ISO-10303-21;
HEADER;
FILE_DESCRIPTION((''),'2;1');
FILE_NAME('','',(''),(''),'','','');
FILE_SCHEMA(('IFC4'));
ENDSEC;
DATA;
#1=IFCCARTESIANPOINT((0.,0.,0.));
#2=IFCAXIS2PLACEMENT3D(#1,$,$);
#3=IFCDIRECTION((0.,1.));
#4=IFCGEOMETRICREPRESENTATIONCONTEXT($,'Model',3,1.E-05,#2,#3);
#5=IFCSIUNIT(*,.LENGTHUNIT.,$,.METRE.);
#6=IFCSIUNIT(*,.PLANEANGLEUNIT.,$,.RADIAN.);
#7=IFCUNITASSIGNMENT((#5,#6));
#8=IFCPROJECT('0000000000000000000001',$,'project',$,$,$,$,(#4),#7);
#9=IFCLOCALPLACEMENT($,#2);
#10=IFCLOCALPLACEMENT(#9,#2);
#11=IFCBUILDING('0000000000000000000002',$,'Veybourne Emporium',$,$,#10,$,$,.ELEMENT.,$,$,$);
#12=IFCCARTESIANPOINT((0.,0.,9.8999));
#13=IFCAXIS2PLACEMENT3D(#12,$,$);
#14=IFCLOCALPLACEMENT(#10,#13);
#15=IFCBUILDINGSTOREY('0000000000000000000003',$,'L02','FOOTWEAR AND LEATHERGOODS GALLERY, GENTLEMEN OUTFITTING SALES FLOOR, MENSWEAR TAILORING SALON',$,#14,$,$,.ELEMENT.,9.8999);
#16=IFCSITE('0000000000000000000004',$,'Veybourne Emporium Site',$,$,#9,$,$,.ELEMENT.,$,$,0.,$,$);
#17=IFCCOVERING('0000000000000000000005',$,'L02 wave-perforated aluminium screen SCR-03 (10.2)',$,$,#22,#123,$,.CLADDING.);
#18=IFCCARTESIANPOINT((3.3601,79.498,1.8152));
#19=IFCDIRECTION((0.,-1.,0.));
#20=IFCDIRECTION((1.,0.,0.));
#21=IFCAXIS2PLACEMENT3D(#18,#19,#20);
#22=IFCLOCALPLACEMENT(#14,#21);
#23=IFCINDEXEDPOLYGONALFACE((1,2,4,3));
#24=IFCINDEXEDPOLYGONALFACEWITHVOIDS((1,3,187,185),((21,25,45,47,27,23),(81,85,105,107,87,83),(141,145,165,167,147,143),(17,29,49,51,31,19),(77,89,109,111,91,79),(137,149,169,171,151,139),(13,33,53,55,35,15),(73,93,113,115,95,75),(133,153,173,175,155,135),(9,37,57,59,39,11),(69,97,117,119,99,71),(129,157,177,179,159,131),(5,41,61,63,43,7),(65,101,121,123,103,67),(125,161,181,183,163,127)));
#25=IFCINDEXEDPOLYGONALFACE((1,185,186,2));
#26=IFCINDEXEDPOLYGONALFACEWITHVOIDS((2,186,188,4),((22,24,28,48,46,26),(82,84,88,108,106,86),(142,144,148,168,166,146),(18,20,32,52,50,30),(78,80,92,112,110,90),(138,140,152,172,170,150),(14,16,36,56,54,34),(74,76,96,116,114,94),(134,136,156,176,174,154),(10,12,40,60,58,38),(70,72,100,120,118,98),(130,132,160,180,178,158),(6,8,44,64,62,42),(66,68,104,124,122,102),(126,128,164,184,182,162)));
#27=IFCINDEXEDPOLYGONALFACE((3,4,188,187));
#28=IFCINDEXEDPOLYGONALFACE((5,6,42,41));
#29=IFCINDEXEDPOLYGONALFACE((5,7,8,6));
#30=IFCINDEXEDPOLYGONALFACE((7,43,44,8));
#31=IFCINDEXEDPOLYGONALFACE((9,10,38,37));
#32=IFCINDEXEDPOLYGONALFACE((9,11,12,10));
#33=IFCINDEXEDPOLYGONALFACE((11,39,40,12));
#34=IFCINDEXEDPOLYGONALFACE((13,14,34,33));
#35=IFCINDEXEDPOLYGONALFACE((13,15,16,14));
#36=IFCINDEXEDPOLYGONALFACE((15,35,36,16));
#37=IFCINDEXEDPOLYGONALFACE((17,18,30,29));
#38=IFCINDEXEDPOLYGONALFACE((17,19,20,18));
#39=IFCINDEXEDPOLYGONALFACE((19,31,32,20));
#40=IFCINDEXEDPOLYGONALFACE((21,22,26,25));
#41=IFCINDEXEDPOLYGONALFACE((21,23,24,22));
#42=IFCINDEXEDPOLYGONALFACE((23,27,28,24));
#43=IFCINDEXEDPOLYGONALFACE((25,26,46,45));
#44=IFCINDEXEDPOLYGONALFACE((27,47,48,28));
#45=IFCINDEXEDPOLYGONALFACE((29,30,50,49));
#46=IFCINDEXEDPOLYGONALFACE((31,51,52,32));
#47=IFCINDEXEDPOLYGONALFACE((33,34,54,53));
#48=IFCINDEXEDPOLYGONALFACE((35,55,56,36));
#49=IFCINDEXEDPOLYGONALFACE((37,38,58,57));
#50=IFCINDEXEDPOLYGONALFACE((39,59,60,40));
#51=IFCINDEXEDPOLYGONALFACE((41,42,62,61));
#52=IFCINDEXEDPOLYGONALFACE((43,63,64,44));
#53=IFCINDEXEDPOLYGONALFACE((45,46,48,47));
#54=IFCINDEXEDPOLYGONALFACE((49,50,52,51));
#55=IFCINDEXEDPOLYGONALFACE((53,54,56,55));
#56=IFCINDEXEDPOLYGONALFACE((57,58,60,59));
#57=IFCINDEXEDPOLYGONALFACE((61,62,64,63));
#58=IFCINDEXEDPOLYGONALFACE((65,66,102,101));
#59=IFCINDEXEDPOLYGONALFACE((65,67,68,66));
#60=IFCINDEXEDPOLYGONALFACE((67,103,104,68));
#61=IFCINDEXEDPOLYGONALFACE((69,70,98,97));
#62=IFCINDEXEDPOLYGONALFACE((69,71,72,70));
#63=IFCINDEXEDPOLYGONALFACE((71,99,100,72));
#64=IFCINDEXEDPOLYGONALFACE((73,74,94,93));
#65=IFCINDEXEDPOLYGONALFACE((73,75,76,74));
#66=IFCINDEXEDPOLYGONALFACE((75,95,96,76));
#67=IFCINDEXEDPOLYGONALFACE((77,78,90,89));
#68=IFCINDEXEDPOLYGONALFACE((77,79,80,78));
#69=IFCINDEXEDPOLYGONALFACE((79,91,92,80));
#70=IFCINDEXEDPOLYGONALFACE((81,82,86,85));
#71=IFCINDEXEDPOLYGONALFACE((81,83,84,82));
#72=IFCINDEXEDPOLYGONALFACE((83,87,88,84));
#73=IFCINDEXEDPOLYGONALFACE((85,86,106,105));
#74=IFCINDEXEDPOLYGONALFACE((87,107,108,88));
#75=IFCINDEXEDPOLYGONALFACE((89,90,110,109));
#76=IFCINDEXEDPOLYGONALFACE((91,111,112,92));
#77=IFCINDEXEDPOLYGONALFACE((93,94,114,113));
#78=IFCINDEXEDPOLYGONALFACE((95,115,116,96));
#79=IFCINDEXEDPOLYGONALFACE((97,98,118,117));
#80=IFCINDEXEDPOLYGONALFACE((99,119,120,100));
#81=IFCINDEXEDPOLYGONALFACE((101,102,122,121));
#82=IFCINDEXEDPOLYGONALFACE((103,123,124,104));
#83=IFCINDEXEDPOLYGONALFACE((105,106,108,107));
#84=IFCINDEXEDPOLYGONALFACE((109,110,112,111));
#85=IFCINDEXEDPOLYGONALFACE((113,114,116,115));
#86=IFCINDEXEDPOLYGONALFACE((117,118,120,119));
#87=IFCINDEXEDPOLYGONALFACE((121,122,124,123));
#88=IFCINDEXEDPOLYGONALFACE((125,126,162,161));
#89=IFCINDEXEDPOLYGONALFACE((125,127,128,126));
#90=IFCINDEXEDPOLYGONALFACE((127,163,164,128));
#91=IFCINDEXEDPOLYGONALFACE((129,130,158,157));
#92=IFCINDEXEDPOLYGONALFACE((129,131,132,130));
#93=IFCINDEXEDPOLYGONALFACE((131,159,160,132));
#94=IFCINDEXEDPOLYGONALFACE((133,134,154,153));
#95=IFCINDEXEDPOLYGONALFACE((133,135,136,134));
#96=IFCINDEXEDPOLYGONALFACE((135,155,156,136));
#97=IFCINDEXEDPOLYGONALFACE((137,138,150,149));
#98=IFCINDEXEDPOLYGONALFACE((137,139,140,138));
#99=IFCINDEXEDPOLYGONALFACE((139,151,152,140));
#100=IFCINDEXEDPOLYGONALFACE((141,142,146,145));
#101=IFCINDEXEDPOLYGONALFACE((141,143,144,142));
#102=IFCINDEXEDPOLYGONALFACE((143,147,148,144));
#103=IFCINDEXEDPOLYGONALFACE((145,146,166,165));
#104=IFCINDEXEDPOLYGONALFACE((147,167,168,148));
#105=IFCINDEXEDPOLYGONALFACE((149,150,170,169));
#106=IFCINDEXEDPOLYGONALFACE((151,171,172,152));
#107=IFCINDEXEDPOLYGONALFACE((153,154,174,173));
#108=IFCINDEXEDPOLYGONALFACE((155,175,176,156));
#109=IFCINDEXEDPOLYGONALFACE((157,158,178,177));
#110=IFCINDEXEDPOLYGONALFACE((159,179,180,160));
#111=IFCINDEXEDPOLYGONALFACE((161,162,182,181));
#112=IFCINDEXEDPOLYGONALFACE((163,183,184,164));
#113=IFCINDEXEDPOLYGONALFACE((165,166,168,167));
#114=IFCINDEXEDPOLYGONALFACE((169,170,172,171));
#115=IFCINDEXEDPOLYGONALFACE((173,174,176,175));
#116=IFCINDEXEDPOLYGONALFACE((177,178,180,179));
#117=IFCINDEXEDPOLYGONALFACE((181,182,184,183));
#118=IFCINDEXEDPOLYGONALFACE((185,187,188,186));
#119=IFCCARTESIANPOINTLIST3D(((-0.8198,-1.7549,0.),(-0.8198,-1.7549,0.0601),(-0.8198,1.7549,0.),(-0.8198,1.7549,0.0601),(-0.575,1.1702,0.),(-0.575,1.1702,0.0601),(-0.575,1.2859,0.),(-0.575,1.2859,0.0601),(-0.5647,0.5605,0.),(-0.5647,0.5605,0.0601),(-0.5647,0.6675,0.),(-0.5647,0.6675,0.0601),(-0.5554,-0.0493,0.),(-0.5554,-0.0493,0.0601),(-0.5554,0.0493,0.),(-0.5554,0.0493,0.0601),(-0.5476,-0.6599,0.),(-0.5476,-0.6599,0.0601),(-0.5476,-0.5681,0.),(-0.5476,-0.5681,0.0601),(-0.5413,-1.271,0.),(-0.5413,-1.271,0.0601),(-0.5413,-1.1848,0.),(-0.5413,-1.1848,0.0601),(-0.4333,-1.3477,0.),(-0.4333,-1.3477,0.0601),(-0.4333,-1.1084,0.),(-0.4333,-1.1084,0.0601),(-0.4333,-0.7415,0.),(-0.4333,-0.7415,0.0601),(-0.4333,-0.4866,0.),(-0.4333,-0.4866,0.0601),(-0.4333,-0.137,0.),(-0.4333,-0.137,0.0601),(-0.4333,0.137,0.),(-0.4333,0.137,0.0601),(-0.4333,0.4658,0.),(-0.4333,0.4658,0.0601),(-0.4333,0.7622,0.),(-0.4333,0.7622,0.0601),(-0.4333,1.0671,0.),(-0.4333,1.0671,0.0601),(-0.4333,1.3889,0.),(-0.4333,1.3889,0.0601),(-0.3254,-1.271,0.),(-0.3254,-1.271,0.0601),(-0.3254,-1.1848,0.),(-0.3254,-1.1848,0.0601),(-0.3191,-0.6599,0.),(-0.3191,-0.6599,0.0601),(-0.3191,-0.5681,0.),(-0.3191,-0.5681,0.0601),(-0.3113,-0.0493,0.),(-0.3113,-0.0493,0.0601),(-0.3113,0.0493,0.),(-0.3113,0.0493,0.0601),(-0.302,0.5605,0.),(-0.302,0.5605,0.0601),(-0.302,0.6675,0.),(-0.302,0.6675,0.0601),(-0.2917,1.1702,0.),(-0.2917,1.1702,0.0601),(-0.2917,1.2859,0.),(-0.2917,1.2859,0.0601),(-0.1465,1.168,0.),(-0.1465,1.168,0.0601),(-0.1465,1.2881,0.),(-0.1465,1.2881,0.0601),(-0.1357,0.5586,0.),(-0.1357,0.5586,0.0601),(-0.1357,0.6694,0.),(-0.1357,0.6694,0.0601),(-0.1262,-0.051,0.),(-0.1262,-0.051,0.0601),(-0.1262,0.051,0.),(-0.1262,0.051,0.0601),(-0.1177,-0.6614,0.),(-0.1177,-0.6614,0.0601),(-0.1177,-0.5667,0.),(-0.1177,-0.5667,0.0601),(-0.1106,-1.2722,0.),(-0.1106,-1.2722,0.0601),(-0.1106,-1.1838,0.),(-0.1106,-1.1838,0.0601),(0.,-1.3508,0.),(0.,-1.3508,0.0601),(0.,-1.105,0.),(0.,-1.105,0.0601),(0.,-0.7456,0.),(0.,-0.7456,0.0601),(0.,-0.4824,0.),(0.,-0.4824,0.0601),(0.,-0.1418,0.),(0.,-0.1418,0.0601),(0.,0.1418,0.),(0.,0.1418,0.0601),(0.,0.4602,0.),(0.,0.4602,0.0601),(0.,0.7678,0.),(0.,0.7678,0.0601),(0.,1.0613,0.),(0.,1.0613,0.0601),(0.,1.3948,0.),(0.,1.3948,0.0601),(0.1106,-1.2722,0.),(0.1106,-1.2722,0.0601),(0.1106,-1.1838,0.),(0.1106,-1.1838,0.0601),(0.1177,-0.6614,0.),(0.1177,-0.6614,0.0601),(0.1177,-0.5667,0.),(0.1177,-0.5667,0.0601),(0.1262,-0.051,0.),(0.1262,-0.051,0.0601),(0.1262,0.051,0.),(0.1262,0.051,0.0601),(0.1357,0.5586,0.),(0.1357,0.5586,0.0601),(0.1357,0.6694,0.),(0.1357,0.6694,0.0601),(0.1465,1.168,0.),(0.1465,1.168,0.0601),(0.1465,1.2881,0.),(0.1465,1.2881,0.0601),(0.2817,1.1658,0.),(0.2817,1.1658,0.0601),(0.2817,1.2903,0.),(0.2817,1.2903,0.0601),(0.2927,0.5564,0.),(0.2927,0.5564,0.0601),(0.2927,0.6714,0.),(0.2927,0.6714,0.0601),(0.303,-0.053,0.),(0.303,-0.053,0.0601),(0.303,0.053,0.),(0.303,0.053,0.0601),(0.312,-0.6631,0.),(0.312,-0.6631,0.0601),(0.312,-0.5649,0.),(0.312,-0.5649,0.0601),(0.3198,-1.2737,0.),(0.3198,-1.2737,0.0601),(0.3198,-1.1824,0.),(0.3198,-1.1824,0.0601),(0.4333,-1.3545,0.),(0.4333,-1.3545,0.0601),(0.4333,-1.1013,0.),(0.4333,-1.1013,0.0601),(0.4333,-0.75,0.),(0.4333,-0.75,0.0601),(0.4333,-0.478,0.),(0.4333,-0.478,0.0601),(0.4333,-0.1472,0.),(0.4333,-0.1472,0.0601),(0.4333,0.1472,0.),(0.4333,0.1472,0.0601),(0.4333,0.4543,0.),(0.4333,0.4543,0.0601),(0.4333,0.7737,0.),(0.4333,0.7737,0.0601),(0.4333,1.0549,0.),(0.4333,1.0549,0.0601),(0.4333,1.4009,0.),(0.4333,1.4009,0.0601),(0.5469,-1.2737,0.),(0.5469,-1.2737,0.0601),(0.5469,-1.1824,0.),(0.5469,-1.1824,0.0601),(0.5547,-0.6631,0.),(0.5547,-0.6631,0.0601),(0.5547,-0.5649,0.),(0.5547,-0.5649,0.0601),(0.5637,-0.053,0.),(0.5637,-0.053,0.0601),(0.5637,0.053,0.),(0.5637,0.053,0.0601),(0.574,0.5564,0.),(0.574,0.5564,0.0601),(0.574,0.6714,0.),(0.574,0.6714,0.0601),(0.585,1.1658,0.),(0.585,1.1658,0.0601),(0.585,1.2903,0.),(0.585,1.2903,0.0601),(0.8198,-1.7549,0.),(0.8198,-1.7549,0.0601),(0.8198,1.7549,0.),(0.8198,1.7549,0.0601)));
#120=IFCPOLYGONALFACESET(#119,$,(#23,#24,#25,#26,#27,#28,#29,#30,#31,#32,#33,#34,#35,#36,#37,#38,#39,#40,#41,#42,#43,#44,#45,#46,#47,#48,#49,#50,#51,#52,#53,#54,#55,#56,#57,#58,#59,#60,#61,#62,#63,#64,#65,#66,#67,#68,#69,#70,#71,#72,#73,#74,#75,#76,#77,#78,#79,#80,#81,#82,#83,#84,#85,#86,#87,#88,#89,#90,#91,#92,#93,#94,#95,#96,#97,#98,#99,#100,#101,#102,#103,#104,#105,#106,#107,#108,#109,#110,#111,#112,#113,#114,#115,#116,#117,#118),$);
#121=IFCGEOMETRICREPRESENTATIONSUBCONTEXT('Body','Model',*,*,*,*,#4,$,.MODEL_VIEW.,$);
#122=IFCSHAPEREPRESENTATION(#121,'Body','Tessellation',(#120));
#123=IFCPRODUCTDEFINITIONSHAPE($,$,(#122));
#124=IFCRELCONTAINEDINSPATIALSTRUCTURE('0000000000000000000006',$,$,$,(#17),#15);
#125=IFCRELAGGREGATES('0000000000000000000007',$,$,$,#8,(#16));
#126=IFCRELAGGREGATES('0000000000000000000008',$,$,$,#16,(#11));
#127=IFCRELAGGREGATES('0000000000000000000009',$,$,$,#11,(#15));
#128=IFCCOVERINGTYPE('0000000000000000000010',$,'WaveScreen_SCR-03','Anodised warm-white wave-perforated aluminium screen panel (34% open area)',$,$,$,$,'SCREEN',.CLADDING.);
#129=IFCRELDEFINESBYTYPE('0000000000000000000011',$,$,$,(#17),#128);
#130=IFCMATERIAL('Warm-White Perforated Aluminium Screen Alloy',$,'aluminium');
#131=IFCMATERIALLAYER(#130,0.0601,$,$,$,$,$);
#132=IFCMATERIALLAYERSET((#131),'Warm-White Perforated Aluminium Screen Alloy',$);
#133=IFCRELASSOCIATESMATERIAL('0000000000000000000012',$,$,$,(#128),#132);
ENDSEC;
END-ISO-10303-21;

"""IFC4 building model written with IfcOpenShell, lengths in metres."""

from ifc_helpers import new_model, si_unit, direction, frame, origin, place, context, subcontext, project, spatial, polyline, outline, extrude, material, layer, layer_set, type_object, element, save


model = new_model("IFC4")

# Units and contexts
model_context = context("Model", 3, precision=1e-05, world=origin(), true_north=direction((0.0, 1.0)))
body_context = subcontext(model_context, "Body", "Model", "MODEL_VIEW")
ifc_project = project(units=[si_unit("LENGTHUNIT", "METRE"), si_unit("PLANEANGLEUNIT", "RADIAN")], contexts=[model_context])

# Site, building, storey
site_placement = place(None, origin())
site = spatial("IfcSite", under=ifc_project, at=site_placement, Name="Veybourne Emporium Site", CompositionType="ELEMENT", RefElevation=0.0)
building_placement = place(site_placement, origin())
building = spatial("IfcBuilding", under=site, at=building_placement, Name="Veybourne Emporium", CompositionType="ELEMENT")
storey_placement = place(building_placement, frame((0.0, 0.0, 9.8999)))
storey = spatial("IfcBuildingStorey", under=building, at=storey_placement, Name="L02", Description="FOOTWEAR AND LEATHERGOODS GALLERY, GENTLEMEN OUTFITTING SALES FLOOR, MENSWEAR TAILORING SALON", CompositionType="ELEMENT", Elevation=9.8999)

# Covering
ifc_material_1 = material(Name="Warm-White Perforated Aluminium Screen Alloy", Category="aluminium")
ifc_layer_1 = layer(ifc_material_1, 0.0601)
ifc_layer_set_1 = layer_set([ifc_layer_1], Name="Warm-White Perforated Aluminium Screen Alloy")
covering_type_1 = type_object("IfcCoveringType", Name="WaveScreen_SCR-03", Description="Anodised warm-white wave-perforated aluminium screen panel (34% open area)", ElementType="SCREEN", PredefinedType="CLADDING", material=ifc_layer_set_1)
covering_1_placement = place(storey_placement, frame((3.3601, 79.498, 1.8152), z_axis=(0.0, -1.0, 0.0), x_axis=(1.0, 0.0, 0.0)))
element("IfcCovering", 1, at=covering_1_placement, inside=storey, type_object=covering_type_1, Name="L02 wave-perforated aluminium screen SCR-03 (10.2)", PredefinedType="CLADDING", context=body_context, shape_type="SweptSolid", body=[
    extrude(outline(polyline([(-0.8198, -1.7549), (0.8198, -1.7549), (0.8198, 1.7549), (-0.8198, 1.7549), (-0.8198, -1.7549)]), holes=[polyline([(-0.4333, -1.1084), (-0.3254, -1.1848), (-0.3254, -1.271), (-0.4333, -1.3477), (-0.5413, -1.271), (-0.5413, -1.1848), (-0.4333, -1.1084)]), polyline([(-0.4333, -0.4866), (-0.3191, -0.5681), (-0.3191, -0.6599), (-0.4333, -0.7415), (-0.5476, -0.6599), (-0.5476, -0.5681), (-0.4333, -0.4866)]), polyline([(-0.4333, 0.137), (-0.3113, 0.0493), (-0.3113, -0.0493), (-0.4333, -0.137), (-0.5554, -0.0493), (-0.5554, 0.0493), (-0.4333, 0.137)]), polyline([(-0.4333, 0.7622), (-0.302, 0.6675), (-0.302, 0.5605), (-0.4333, 0.4658), (-0.5647, 0.5605), (-0.5647, 0.6675), (-0.4333, 0.7622)]), polyline([(-0.4333, 1.3889), (-0.2917, 1.2859), (-0.2917, 1.1702), (-0.4333, 1.0671), (-0.575, 1.1702), (-0.575, 1.2859), (-0.4333, 1.3889)]), polyline([(0.0, -1.105), (0.1106, -1.1838), (0.1106, -1.2722), (0.0, -1.3508), (-0.1106, -1.2722), (-0.1106, -1.1838), (0.0, -1.105)]), polyline([(0.0, -0.4824), (0.1177, -0.5667), (0.1177, -0.6614), (0.0, -0.7456), (-0.1177, -0.6614), (-0.1177, -0.5667), (0.0, -0.4824)]), polyline([(0.0, 0.1418), (0.1262, 0.051), (0.1262, -0.051), (0.0, -0.1418), (-0.1262, -0.051), (-0.1262, 0.051), (0.0, 0.1418)]), polyline([(0.0, 0.7678), (0.1357, 0.6694), (0.1357, 0.5586), (0.0, 0.4602), (-0.1357, 0.5586), (-0.1357, 0.6694), (0.0, 0.7678)]), polyline([(0.0, 1.3948), (0.1465, 1.2881), (0.1465, 1.168), (0.0, 1.0613), (-0.1465, 1.168), (-0.1465, 1.2881), (0.0, 1.3948)]), polyline([(0.4333, -1.1013), (0.5469, -1.1824), (0.5469, -1.2737), (0.4333, -1.3545), (0.3198, -1.2737), (0.3198, -1.1824), (0.4333, -1.1013)]), polyline([(0.4333, -0.478), (0.5547, -0.5649), (0.5547, -0.6631), (0.4333, -0.75), (0.312, -0.6631), (0.312, -0.5649), (0.4333, -0.478)]), polyline([(0.4333, 0.1472), (0.5637, 0.053), (0.5637, -0.053), (0.4333, -0.1472), (0.303, -0.053), (0.303, 0.053), (0.4333, 0.1472)]), polyline([(0.4333, 0.7737), (0.574, 0.6714), (0.574, 0.5564), (0.4333, 0.4543), (0.2927, 0.5564), (0.2927, 0.6714), (0.4333, 0.7737)]), polyline([(0.4333, 1.4009), (0.585, 1.2903), (0.585, 1.1658), (0.4333, 1.0549), (0.2817, 1.1658), (0.2817, 1.2903), (0.4333, 1.4009)])]), origin(), (0.0, 0.0, 1.0), 0.0601),
])

save(model, "model.ifc")
